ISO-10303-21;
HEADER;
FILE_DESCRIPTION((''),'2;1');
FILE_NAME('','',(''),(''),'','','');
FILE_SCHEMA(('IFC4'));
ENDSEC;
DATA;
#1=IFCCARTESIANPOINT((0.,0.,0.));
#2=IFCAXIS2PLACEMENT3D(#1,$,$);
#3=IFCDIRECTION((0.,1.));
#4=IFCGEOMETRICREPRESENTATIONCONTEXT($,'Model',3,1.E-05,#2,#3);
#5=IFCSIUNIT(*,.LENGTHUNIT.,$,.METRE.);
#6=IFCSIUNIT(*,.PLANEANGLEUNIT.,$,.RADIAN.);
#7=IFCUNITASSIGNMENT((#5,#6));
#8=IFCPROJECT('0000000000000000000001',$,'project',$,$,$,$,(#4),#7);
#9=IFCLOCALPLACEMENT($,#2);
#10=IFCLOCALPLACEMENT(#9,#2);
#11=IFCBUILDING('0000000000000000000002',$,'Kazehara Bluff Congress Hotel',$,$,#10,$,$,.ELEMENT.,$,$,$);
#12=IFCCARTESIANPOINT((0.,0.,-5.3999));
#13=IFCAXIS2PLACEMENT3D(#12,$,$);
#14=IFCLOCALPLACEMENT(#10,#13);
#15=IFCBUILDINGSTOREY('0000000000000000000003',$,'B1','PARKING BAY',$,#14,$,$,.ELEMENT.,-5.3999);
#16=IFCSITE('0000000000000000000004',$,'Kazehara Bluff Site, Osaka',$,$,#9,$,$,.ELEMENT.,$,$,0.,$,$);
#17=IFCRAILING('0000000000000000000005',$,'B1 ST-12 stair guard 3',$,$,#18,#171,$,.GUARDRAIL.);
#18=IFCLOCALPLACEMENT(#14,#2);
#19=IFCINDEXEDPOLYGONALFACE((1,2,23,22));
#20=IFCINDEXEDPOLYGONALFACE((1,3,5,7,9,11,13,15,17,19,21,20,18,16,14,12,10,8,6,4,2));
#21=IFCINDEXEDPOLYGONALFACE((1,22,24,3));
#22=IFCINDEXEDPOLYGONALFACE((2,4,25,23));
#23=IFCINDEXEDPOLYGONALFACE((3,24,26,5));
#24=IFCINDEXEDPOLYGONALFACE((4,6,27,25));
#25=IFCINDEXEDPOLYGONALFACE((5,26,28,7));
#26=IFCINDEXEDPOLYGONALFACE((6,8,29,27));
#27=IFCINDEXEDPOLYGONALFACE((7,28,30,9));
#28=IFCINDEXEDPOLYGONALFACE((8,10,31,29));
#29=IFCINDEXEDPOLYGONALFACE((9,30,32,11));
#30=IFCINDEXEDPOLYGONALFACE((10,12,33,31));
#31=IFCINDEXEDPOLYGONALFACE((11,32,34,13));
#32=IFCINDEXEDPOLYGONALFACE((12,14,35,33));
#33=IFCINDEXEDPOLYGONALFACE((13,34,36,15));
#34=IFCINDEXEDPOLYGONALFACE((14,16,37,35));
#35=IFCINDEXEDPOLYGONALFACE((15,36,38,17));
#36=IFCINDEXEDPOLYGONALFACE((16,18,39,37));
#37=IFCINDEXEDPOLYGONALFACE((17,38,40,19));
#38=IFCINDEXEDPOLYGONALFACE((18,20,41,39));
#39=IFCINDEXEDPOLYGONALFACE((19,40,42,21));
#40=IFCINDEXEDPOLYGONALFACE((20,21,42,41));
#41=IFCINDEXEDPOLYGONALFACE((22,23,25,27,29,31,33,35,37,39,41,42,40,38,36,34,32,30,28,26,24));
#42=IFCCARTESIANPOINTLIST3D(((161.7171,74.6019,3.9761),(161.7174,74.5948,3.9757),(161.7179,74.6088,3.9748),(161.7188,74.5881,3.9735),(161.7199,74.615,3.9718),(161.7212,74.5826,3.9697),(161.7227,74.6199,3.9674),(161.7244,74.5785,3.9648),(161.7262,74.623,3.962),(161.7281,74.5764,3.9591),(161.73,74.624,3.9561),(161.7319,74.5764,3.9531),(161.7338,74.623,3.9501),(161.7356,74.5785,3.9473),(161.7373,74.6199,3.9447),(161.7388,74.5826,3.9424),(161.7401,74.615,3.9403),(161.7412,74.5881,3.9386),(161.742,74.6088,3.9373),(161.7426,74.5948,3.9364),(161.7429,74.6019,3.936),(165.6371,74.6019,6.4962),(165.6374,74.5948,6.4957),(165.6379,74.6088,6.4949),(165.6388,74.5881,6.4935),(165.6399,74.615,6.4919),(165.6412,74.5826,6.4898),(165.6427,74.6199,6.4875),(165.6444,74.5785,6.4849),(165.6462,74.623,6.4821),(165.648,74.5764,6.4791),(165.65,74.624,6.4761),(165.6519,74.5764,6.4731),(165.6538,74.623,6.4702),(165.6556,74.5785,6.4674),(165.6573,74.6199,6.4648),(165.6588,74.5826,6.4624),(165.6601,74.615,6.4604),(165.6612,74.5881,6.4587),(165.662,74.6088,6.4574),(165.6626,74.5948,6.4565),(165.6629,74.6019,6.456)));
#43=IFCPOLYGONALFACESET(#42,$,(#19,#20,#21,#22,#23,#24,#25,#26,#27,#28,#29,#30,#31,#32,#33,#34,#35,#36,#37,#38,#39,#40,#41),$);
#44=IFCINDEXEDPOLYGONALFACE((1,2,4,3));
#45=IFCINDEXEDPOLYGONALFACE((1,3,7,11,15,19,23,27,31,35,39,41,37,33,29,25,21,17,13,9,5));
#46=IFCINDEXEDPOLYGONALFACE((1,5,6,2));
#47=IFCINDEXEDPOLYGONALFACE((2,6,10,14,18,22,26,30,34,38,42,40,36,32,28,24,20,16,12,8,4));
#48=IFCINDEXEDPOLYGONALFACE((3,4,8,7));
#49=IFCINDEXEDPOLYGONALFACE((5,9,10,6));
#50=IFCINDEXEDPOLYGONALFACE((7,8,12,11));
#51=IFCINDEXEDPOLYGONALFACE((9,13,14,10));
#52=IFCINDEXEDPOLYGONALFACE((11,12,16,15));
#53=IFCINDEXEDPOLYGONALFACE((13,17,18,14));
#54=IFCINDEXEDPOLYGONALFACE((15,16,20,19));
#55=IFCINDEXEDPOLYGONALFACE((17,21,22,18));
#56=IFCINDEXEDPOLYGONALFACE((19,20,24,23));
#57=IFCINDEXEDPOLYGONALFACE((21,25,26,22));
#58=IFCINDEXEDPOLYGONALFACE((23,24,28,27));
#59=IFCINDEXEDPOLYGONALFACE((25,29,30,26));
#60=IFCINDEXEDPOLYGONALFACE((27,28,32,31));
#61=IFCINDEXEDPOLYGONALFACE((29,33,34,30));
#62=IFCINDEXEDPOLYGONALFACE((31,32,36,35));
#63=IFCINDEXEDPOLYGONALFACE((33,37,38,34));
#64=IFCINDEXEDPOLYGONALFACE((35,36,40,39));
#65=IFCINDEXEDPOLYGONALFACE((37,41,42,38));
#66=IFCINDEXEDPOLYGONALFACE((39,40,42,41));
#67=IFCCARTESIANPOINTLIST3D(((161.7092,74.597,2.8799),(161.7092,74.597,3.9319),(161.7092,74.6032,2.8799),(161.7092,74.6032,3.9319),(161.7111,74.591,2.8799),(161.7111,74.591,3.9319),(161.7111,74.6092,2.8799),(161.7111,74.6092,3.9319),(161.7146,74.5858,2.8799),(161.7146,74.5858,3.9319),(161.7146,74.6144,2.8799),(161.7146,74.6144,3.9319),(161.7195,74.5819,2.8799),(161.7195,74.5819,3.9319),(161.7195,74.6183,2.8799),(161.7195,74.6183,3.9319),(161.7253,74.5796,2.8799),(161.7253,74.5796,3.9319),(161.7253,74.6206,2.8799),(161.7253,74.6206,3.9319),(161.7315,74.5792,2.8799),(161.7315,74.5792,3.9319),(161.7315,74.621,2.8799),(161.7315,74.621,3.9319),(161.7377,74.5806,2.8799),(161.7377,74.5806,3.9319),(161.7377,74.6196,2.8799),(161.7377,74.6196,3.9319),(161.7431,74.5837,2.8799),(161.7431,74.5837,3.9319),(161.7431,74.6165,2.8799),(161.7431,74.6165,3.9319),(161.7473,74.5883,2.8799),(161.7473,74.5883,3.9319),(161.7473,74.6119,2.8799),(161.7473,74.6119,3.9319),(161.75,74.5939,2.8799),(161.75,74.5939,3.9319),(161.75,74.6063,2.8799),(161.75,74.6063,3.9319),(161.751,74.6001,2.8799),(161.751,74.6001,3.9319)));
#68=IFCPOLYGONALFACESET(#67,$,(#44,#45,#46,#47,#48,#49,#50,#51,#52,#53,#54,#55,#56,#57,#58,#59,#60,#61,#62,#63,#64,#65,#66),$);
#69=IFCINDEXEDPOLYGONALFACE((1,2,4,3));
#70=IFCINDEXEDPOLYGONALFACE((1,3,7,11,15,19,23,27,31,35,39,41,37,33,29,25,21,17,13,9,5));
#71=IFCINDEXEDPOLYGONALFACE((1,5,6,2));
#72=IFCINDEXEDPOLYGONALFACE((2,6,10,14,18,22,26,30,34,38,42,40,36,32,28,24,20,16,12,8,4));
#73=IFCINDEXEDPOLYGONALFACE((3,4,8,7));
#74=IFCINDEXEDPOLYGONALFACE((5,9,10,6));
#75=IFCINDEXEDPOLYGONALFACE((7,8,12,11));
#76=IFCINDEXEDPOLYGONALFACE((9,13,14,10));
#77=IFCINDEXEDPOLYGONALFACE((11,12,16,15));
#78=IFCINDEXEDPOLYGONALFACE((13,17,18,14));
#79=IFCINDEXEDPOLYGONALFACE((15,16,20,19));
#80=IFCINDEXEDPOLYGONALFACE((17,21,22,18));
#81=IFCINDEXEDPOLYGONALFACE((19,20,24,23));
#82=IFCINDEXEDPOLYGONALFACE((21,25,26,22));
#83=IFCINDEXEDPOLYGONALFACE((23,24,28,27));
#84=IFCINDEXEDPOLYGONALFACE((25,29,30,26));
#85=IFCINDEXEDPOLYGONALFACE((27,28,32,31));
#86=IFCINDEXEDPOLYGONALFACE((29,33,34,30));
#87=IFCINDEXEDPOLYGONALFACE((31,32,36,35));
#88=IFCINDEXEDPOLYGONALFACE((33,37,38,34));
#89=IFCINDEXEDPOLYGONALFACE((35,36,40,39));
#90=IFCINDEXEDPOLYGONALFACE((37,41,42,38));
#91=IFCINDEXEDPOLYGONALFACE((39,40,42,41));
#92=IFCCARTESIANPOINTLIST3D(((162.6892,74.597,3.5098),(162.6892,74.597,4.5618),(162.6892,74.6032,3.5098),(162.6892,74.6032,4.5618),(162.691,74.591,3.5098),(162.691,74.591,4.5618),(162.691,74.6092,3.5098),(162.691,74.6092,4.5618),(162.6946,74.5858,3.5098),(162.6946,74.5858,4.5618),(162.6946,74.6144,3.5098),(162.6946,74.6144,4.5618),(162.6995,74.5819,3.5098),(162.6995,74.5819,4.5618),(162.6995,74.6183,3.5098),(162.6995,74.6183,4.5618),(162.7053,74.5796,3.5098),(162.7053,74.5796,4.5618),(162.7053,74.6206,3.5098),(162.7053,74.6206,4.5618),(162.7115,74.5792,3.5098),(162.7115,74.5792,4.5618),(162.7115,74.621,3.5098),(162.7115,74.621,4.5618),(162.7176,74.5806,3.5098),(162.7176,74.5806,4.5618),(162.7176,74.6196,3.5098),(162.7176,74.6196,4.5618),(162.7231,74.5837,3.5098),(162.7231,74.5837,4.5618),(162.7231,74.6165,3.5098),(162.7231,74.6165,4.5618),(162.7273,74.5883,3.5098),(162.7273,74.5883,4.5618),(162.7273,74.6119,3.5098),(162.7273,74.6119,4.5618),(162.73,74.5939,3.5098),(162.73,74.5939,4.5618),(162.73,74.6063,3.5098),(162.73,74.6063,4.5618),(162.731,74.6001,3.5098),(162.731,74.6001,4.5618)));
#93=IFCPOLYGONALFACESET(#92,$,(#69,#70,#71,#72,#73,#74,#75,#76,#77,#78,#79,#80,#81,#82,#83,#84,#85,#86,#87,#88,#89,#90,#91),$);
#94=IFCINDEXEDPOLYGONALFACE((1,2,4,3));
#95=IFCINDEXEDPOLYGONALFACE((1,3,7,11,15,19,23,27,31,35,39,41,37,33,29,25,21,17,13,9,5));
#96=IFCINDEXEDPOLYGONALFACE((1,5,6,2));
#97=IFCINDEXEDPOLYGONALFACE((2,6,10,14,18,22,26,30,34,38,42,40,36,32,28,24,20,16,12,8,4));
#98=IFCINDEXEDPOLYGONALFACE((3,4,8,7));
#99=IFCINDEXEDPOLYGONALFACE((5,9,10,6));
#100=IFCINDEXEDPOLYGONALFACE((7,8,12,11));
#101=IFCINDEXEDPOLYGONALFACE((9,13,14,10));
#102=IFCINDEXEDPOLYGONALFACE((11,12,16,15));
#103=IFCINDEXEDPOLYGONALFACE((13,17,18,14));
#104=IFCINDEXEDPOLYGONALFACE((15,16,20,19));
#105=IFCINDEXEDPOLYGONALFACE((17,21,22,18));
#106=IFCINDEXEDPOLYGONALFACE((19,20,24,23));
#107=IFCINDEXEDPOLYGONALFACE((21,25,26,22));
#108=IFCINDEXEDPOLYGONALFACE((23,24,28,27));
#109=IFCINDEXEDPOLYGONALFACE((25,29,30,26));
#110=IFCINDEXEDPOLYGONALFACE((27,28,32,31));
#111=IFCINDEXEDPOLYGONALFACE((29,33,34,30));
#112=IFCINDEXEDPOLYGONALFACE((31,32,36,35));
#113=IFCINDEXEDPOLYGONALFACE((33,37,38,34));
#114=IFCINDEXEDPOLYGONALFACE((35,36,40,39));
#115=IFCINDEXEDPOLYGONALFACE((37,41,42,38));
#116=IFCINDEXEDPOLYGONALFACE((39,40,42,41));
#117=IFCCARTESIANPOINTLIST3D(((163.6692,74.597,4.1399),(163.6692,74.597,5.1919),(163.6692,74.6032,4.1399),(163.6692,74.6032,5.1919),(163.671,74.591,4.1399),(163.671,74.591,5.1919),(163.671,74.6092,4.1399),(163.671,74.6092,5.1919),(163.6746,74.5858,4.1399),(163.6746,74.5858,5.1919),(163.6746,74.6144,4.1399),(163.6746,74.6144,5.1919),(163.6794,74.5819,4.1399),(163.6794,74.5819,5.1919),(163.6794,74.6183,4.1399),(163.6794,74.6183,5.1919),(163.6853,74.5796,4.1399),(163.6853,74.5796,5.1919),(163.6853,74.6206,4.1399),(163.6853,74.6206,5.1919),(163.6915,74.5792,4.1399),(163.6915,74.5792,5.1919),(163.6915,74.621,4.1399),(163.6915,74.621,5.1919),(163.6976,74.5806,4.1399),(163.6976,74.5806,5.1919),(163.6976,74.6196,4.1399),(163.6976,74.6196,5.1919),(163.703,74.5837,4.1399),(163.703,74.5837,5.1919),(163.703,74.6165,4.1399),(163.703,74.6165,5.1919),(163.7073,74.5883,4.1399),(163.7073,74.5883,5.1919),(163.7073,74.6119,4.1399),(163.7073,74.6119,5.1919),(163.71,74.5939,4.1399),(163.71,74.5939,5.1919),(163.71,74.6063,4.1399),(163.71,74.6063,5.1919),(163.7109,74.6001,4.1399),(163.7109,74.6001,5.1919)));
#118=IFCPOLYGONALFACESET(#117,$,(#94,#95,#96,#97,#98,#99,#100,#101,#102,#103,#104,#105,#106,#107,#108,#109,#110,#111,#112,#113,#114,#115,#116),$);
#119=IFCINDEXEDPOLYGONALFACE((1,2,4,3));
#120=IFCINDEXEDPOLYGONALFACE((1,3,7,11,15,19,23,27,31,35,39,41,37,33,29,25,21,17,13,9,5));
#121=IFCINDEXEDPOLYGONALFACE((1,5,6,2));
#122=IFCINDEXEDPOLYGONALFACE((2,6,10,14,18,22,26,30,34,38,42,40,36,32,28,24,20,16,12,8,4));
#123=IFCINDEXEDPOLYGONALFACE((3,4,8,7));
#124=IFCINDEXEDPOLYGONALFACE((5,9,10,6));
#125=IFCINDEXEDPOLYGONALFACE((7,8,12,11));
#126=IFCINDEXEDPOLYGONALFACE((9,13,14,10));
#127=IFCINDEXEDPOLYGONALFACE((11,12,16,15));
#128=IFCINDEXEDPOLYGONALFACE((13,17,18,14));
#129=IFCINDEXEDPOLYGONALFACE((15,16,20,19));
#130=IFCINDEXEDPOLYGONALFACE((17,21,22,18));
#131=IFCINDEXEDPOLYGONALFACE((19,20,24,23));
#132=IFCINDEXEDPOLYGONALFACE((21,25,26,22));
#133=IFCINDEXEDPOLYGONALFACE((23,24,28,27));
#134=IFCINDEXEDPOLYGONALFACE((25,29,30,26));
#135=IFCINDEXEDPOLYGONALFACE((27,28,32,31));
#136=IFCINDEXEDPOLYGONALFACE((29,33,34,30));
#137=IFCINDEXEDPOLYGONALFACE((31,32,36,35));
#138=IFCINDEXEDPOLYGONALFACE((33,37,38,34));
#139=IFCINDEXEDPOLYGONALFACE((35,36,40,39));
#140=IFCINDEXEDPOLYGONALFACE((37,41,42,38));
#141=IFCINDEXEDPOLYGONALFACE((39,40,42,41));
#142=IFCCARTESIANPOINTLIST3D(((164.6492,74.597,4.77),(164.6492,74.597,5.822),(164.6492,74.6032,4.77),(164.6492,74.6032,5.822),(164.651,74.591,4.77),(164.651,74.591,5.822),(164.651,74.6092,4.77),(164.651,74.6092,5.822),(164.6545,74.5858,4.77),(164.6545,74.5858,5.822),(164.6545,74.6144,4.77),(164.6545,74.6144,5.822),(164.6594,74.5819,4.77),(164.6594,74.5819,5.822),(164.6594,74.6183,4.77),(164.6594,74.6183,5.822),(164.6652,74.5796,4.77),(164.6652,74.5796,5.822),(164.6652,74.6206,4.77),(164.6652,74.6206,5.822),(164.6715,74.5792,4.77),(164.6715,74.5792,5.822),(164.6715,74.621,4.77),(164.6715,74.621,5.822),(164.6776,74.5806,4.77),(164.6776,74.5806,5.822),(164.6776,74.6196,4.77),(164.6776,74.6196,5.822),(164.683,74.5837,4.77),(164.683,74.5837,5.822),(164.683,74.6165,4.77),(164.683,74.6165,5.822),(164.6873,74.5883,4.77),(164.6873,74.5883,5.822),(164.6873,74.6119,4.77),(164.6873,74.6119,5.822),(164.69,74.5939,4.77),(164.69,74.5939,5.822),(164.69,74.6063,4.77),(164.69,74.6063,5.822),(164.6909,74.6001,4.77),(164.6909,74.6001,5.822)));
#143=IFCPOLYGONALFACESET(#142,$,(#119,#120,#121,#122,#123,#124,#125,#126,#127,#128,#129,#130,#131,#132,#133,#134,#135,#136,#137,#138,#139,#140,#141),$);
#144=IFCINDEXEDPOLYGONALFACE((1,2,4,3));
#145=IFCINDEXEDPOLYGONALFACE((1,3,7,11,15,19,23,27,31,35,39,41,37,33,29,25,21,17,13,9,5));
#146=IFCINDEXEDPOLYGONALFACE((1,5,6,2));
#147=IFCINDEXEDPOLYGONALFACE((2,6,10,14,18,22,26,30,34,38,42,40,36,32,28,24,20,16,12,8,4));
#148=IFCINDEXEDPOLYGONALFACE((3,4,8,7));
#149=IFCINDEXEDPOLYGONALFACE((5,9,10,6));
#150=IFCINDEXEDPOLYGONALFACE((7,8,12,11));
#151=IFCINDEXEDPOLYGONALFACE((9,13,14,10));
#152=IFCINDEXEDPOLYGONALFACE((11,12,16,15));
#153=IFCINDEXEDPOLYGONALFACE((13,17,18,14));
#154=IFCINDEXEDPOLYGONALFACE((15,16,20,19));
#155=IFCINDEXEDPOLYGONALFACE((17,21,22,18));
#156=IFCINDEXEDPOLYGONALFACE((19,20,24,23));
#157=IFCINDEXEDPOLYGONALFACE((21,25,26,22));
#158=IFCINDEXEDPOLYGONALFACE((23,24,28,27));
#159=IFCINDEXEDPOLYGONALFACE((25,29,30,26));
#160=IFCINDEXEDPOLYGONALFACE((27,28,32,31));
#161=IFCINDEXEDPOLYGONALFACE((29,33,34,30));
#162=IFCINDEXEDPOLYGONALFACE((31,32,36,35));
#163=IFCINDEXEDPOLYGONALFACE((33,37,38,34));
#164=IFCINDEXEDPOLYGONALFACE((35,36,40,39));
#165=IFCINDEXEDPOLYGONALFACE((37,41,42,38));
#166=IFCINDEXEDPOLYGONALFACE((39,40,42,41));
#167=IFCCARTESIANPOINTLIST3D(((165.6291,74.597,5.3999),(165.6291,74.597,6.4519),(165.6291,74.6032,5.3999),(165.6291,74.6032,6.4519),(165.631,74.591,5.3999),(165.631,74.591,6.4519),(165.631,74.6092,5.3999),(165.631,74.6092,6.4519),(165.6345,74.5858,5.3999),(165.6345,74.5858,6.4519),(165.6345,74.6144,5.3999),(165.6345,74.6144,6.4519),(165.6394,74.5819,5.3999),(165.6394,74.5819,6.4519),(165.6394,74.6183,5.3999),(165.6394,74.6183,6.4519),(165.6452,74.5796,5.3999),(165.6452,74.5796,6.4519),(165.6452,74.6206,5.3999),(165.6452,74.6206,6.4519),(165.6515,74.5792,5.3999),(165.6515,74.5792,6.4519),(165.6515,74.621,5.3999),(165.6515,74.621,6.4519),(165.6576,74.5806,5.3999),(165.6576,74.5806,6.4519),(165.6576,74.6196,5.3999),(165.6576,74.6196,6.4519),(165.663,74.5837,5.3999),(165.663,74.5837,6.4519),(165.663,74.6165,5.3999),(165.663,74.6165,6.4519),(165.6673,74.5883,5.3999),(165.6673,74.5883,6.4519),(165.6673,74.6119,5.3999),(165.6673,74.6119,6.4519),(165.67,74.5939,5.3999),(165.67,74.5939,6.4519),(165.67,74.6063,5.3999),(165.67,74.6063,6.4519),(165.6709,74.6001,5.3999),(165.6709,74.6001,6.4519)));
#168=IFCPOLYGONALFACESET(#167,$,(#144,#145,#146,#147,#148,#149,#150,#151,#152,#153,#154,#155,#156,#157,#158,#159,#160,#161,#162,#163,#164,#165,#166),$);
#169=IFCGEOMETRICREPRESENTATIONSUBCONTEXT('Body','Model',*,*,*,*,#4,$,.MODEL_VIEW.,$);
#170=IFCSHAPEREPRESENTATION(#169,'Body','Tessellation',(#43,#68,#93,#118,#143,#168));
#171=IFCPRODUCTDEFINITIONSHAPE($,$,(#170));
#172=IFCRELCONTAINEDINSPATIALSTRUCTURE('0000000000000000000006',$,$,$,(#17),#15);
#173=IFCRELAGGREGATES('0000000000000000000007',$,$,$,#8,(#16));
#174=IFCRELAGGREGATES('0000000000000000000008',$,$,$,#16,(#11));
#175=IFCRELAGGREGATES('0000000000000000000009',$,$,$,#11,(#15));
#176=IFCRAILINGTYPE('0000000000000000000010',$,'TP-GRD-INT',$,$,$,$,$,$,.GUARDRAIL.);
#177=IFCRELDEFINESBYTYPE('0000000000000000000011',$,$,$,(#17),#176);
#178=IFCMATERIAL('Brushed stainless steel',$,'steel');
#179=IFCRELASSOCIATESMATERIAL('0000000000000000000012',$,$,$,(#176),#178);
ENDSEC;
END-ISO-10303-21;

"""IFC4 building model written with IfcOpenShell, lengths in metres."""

from ifc_helpers import new_model, si_unit, direction, frame, origin, origin_2d, place, context, subcontext, project, spatial, circle, extrude, material, type_object, element, save


model = new_model("IFC4")

# Units and contexts
model_context = context("Model", 3, precision=1e-05, world=origin(), true_north=direction((0.0, 1.0)))
body_context = subcontext(model_context, "Body", "Model", "MODEL_VIEW")
ifc_project = project(units=[si_unit("LENGTHUNIT", "METRE"), si_unit("PLANEANGLEUNIT", "RADIAN")], contexts=[model_context])

# Site, building, storey
site_placement = place(None, origin())
site = spatial("IfcSite", under=ifc_project, at=site_placement, Name="Kazehara Bluff Site, Osaka", CompositionType="ELEMENT", RefElevation=0.0)
building_placement = place(site_placement, origin())
building = spatial("IfcBuilding", under=site, at=building_placement, Name="Kazehara Bluff Congress Hotel", CompositionType="ELEMENT")
storey_placement = place(building_placement, frame((0.0, 0.0, -5.3999)))
storey = spatial("IfcBuildingStorey", under=building, at=storey_placement, Name="B1", Description="PARKING BAY", CompositionType="ELEMENT", Elevation=-5.3999)

# Railing
ifc_material_1 = material(Name="Brushed stainless steel", Category="steel")
railing_type_1 = type_object("IfcRailingType", Name="TP-GRD-INT", PredefinedType="GUARDRAIL", material=ifc_material_1)
railing_1_placement = place(storey_placement, frame((161.73, 74.6001, 2.8799)))
element("IfcRailing", 1, at=railing_1_placement, inside=storey, type_object=railing_type_1, Name="B1 ST-12 stair guard 3", PredefinedType="GUARDRAIL", context=body_context, shape_type="SweptSolid", body=[
    extrude(circle(Radius=0.0239, at=origin_2d()), frame((0.0, 0.0, 1.0762), z_axis=(0.841172, 0.0, 0.540768), x_axis=(0.0, 1.0, 0.0)), (0.0, 0.0, 1.0), 4.6602),
    extrude(circle(Radius=0.021, at=origin_2d()), origin(), (0.0, 0.0, 1.0), 1.052),
    extrude(circle(Radius=0.021, at=origin_2d()), frame((0.98, 0.0, 0.6299)), (0.0, 0.0, 1.0), 1.052),
    extrude(circle(Radius=0.021, at=origin_2d()), frame((1.96, 0.0, 1.26)), (0.0, 0.0, 1.0), 1.052),
    extrude(circle(Radius=0.021, at=origin_2d()), frame((2.9399, 0.0, 1.8901)), (0.0, 0.0, 1.0), 1.052),
    extrude(circle(Radius=0.021, at=origin_2d()), frame((3.9199, 0.0, 2.52)), (0.0, 0.0, 1.0), 1.052),
])

save(model, "model.ifc")
